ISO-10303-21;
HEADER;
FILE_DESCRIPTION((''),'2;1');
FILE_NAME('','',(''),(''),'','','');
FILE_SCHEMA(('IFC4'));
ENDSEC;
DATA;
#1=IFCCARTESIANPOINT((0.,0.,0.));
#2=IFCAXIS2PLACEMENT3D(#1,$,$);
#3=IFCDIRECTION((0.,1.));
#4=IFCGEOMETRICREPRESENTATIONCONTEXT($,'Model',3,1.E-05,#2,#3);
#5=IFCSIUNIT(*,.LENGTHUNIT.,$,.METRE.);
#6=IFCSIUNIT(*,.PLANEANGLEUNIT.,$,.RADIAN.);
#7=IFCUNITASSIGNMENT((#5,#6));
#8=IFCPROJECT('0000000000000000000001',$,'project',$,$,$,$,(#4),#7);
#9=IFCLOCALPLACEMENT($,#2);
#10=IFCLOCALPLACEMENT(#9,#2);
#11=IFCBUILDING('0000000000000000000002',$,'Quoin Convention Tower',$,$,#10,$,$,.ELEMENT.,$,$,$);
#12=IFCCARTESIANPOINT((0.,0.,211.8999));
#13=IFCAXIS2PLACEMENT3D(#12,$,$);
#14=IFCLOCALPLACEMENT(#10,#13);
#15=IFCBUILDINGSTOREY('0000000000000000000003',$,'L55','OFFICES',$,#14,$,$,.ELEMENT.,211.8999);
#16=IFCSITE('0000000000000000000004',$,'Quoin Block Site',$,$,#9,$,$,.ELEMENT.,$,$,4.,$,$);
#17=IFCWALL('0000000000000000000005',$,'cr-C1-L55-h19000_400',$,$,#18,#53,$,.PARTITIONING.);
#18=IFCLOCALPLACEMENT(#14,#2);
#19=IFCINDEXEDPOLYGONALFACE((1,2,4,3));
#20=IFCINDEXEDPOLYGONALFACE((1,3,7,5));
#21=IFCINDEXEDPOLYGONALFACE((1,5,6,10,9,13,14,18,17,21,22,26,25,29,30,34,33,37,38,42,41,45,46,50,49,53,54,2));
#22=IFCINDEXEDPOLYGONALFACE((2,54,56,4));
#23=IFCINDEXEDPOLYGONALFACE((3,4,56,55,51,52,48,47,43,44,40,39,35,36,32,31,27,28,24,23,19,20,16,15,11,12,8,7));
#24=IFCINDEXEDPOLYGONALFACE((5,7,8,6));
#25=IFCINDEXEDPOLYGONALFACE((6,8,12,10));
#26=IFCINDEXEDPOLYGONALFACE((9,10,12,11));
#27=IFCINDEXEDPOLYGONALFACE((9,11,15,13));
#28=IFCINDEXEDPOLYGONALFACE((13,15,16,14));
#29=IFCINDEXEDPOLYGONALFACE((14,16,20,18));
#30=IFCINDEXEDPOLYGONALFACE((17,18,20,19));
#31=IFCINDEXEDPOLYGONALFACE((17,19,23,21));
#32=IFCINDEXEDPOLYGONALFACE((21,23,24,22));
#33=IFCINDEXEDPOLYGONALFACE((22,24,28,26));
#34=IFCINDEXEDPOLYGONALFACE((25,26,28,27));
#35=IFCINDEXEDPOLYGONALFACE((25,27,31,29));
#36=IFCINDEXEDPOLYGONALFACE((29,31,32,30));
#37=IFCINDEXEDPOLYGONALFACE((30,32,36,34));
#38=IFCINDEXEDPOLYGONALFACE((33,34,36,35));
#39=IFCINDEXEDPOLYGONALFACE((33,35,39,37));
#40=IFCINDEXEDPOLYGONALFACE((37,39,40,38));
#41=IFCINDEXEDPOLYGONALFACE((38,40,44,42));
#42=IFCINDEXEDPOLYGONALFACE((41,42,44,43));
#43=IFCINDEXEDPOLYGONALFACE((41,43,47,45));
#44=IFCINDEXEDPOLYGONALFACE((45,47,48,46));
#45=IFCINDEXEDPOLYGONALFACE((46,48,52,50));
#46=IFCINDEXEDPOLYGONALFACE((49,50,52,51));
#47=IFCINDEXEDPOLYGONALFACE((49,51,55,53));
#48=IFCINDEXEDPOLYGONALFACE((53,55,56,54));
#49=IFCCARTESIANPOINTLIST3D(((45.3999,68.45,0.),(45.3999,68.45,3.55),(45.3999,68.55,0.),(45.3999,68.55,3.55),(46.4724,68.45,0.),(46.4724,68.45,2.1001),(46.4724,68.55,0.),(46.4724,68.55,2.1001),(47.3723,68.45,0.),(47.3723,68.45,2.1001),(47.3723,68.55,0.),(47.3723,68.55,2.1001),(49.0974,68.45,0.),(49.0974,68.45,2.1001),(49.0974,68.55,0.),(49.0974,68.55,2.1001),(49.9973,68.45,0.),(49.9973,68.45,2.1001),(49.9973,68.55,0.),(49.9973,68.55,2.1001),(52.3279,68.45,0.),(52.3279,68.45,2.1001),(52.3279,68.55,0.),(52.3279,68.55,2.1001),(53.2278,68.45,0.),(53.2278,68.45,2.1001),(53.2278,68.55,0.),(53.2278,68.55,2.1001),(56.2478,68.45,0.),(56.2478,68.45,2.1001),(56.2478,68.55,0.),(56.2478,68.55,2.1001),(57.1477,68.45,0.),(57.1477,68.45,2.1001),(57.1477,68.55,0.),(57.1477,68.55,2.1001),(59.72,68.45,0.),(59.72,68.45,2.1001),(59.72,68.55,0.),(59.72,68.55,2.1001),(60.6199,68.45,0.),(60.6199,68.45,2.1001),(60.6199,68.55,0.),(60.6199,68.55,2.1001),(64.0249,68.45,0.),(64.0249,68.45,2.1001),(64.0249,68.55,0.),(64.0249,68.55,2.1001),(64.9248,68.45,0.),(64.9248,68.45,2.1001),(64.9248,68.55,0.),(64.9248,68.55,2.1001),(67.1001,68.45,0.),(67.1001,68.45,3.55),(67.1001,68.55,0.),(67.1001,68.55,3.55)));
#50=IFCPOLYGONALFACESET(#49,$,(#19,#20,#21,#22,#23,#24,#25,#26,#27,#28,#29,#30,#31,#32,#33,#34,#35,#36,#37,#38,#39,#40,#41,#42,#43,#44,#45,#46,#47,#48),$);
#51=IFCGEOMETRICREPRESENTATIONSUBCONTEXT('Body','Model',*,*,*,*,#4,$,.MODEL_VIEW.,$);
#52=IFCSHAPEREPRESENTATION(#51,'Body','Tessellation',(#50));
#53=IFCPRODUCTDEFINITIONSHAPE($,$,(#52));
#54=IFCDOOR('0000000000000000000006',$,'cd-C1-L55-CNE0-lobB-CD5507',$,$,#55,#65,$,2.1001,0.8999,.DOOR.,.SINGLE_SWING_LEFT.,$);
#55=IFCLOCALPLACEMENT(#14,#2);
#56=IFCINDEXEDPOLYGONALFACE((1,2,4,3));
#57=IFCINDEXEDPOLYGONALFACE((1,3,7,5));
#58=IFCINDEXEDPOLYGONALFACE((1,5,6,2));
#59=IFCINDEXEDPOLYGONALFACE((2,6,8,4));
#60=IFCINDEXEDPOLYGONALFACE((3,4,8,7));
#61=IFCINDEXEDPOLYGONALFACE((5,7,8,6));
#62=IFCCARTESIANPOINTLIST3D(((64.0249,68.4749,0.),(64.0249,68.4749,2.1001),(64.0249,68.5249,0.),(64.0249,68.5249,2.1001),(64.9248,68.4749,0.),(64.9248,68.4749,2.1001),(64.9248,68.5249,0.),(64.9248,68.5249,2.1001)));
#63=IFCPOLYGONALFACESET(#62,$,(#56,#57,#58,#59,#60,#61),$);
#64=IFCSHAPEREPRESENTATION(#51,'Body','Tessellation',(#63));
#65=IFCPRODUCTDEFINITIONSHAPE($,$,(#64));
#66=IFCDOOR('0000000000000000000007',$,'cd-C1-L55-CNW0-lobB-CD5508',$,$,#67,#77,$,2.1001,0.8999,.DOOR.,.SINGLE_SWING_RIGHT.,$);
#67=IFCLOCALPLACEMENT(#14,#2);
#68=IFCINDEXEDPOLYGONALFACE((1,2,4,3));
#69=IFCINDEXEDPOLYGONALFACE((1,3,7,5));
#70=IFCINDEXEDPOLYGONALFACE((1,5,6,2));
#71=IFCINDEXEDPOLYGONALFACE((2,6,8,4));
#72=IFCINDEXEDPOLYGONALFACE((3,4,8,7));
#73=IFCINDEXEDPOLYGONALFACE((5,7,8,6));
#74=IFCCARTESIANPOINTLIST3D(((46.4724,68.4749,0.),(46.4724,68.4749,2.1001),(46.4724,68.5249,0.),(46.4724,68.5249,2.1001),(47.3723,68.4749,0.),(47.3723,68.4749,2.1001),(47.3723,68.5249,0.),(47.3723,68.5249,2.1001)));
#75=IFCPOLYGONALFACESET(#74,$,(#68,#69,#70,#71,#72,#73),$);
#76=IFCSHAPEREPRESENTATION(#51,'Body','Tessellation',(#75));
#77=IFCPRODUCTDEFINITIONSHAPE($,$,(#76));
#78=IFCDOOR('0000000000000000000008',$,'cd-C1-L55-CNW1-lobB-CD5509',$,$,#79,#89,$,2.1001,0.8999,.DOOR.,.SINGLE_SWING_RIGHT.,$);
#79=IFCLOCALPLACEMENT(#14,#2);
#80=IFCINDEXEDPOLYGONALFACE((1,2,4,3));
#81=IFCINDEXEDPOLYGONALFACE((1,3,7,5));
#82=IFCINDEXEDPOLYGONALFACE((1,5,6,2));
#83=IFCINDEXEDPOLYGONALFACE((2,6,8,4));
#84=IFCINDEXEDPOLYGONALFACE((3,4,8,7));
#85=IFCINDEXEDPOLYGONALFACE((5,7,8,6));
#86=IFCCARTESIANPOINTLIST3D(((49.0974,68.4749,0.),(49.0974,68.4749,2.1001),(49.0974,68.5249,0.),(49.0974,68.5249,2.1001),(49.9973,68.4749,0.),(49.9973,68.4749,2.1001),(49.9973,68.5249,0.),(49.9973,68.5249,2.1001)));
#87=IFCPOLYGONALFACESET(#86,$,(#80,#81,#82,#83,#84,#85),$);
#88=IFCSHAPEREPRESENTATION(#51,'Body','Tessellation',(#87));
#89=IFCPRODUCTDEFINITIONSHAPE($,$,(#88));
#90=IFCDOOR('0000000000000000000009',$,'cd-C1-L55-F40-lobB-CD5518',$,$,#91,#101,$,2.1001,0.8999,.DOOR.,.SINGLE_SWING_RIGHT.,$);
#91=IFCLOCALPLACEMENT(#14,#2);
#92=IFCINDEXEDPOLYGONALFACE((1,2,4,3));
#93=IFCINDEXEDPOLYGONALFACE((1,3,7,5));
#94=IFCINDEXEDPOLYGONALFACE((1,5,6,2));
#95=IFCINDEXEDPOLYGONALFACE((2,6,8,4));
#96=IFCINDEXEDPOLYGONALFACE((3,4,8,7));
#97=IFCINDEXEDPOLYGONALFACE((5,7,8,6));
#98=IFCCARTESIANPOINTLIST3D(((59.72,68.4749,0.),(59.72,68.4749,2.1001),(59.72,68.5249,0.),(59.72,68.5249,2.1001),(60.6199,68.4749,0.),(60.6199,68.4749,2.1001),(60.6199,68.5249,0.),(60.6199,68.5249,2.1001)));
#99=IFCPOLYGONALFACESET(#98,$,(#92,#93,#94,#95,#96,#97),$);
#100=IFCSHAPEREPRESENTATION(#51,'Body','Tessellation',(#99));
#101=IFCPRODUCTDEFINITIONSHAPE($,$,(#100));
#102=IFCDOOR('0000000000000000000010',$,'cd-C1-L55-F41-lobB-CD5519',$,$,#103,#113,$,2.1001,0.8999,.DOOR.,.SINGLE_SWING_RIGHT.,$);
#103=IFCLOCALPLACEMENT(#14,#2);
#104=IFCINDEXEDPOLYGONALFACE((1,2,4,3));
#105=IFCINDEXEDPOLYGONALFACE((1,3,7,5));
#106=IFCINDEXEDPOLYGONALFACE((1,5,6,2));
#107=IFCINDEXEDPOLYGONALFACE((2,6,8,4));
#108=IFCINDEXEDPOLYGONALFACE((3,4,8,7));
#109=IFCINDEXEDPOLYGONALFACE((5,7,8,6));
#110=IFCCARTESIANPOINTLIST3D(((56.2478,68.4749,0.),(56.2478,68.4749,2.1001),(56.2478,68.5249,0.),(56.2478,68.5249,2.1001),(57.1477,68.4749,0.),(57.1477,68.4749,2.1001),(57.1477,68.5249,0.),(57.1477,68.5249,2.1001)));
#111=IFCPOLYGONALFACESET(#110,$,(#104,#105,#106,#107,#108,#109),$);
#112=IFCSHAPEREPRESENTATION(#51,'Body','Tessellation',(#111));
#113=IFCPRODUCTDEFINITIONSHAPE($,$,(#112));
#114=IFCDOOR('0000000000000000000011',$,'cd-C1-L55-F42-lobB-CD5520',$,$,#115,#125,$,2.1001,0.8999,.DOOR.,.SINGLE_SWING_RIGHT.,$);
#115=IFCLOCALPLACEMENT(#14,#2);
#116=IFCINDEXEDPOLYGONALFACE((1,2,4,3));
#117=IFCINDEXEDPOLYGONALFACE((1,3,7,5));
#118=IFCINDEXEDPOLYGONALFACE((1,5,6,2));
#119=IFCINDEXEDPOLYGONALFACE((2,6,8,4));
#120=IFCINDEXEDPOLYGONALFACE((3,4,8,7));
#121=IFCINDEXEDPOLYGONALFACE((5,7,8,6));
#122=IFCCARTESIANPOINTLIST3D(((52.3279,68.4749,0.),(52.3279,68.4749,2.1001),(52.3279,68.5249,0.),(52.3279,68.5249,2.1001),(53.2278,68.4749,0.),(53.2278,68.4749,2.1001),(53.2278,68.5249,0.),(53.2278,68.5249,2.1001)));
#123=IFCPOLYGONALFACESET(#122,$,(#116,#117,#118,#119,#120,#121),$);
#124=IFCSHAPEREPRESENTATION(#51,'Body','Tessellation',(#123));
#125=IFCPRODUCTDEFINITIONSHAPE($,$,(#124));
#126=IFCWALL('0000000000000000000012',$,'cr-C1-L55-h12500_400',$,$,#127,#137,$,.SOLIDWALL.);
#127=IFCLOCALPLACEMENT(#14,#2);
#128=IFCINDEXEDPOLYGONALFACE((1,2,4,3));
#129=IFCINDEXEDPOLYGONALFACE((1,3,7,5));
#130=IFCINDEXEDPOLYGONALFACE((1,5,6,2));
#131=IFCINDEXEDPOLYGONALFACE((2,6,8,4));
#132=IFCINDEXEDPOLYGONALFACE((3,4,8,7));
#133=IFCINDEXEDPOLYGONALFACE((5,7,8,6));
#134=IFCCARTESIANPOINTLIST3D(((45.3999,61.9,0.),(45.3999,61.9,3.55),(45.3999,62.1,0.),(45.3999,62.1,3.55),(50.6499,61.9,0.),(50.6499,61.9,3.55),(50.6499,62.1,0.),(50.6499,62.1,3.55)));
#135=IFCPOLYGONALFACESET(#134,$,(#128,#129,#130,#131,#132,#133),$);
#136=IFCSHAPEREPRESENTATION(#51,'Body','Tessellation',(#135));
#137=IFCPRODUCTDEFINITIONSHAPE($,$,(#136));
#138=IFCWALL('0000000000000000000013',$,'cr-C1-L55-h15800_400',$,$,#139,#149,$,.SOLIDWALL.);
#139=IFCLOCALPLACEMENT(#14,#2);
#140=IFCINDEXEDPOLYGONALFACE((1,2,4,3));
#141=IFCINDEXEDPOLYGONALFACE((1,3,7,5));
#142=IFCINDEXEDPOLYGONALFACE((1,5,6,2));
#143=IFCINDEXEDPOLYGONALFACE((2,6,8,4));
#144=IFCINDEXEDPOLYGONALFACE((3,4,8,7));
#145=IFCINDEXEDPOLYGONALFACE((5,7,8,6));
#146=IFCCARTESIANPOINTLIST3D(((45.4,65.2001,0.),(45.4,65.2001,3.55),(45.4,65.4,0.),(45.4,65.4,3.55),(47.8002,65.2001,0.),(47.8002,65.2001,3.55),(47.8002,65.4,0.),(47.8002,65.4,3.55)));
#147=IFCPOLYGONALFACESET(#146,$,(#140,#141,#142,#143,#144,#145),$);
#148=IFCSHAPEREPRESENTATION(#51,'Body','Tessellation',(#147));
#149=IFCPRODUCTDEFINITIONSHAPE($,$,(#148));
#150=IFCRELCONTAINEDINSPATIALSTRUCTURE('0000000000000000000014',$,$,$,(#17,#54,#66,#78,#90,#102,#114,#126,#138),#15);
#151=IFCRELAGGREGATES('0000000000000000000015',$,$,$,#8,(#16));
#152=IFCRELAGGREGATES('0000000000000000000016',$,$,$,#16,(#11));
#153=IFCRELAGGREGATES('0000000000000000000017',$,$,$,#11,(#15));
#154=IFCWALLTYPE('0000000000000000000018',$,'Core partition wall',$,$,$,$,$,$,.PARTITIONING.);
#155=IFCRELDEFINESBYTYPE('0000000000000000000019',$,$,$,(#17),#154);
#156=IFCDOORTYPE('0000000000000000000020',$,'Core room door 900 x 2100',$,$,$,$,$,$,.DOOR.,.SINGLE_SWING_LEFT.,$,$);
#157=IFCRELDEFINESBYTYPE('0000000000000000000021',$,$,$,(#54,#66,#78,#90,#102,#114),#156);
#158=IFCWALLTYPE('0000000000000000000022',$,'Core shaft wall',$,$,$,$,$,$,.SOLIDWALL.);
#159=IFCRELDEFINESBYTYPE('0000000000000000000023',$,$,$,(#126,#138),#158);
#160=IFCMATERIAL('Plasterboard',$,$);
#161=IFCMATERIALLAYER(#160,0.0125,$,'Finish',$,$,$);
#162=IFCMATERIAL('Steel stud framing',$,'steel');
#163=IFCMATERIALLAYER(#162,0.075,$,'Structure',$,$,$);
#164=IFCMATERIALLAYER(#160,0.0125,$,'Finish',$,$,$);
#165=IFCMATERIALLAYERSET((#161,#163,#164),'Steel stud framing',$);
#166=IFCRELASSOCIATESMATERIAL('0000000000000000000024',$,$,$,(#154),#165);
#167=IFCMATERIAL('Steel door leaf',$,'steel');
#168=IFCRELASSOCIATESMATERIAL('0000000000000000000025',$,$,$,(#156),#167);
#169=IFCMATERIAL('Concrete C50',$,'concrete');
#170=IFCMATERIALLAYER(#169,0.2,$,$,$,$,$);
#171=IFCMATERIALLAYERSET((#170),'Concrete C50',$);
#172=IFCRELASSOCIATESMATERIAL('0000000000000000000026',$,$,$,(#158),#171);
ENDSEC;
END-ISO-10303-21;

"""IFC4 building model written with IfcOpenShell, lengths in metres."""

from ifc_helpers import new_model, si_unit, direction, frame, frame_2d, origin, place, context, subcontext, project, spatial, rectangle, extrude, material, layer, layer_set, type_object, element, fill, save


model = new_model("IFC4")

# Units and contexts
model_context = context("Model", 3, precision=1e-05, world=origin(), true_north=direction((0.0, 1.0)))
body_context = subcontext(model_context, "Body", "Model", "MODEL_VIEW")
ifc_project = project(units=[si_unit("LENGTHUNIT", "METRE"), si_unit("PLANEANGLEUNIT", "RADIAN")], contexts=[model_context])

# Site, building, storey
site_placement = place(None, origin())
site = spatial("IfcSite", under=ifc_project, at=site_placement, Name="Quoin Block Site", CompositionType="ELEMENT", RefElevation=4.0)
building_placement = place(site_placement, origin())
building = spatial("IfcBuilding", under=site, at=building_placement, Name="Quoin Convention Tower", CompositionType="ELEMENT")
storey_placement = place(building_placement, frame((0.0, 0.0, 211.8999)))
storey = spatial("IfcBuildingStorey", under=building, at=storey_placement, Name="L55", Description="OFFICES", CompositionType="ELEMENT", Elevation=211.8999)

# Wall, openings, doors
ifc_material_1 = material(Name="Plasterboard")
ifc_layer_1 = layer(ifc_material_1, 0.0125, Name="Finish")
ifc_material_2 = material(Name="Steel stud framing", Category="steel")
ifc_layer_2 = layer(ifc_material_2, 0.075, Name="Structure")
ifc_layer_3 = layer(ifc_material_1, 0.0125, Name="Finish")
ifc_layer_set_1 = layer_set([ifc_layer_1, ifc_layer_2, ifc_layer_3], Name="Steel stud framing")
wall_type_1 = type_object("IfcWallType", Name="Core partition wall", PredefinedType="PARTITIONING", material=ifc_layer_set_1)
wall_1_placement = place(storey_placement, frame((45.3999, 68.5, 0.0), z_axis=(0.0, 0.0, 1.0), x_axis=(1.0, 0.0, 0.0)))
wall_1 = element("IfcWall", 1, at=wall_1_placement, inside=storey, type_object=wall_type_1, Name="cr-C1-L55-h19000_400", PredefinedType="PARTITIONING", context=body_context, shape_type="SweptSolid", body=[
    extrude(rectangle(XDim=21.7002, YDim=0.1001, at=frame_2d((10.8501, 0.0))), origin(), (0.0, 0.0, 1.0), 3.55),
])
opening_1_placement = place(wall_1_placement, frame((18.625, 0.0, 0.0)))
opening_1 = element("IfcOpeningElement", 2, at=opening_1_placement, cuts=wall_1, PredefinedType="OPENING", context=body_context, shape_type="SweptSolid", body=[
    extrude(rectangle(XDim=0.8999, YDim=2.1001, at=frame_2d((0.45, 1.05))), frame((0.0, 0.0601, 0.0), z_axis=(0.0, -1.0, 0.0), x_axis=(1.0, 0.0, 0.0)), (0.0, 0.0, 1.0), 0.1201),
])
opening_2_placement = place(wall_1_placement, frame((1.0725, 0.0, 0.0)))
opening_2 = element("IfcOpeningElement", 3, at=opening_2_placement, cuts=wall_1, PredefinedType="OPENING", context=body_context, shape_type="SweptSolid", body=[
    extrude(rectangle(XDim=0.8999, YDim=2.1001, at=frame_2d((0.45, 1.05))), frame((0.0, 0.0601, 0.0), z_axis=(0.0, -1.0, 0.0), x_axis=(1.0, 0.0, 0.0)), (0.0, 0.0, 1.0), 0.1201),
])
opening_3_placement = place(wall_1_placement, frame((3.6975, 0.0, 0.0)))
opening_3 = element("IfcOpeningElement", 4, at=opening_3_placement, cuts=wall_1, PredefinedType="OPENING", context=body_context, shape_type="SweptSolid", body=[
    extrude(rectangle(XDim=0.8999, YDim=2.1001, at=frame_2d((0.45, 1.05))), frame((0.0, 0.0601, 0.0), z_axis=(0.0, -1.0, 0.0), x_axis=(1.0, 0.0, 0.0)), (0.0, 0.0, 1.0), 0.1201),
])
opening_4_placement = place(wall_1_placement, frame((14.3201, 0.0, 0.0)))
opening_4 = element("IfcOpeningElement", 5, at=opening_4_placement, cuts=wall_1, PredefinedType="OPENING", context=body_context, shape_type="SweptSolid", body=[
    extrude(rectangle(XDim=0.8999, YDim=2.1001, at=frame_2d((0.45, 1.05))), frame((0.0, 0.0601, 0.0), z_axis=(0.0, -1.0, 0.0), x_axis=(1.0, 0.0, 0.0)), (0.0, 0.0, 1.0), 0.1201),
])
opening_5_placement = place(wall_1_placement, frame((10.8479, 0.0, 0.0)))
opening_5 = element("IfcOpeningElement", 6, at=opening_5_placement, cuts=wall_1, PredefinedType="OPENING", context=body_context, shape_type="SweptSolid", body=[
    extrude(rectangle(XDim=0.8999, YDim=2.1001, at=frame_2d((0.45, 1.05))), frame((0.0, 0.0601, 0.0), z_axis=(0.0, -1.0, 0.0), x_axis=(1.0, 0.0, 0.0)), (0.0, 0.0, 1.0), 0.1201),
])
opening_6_placement = place(wall_1_placement, frame((6.928, 0.0, 0.0)))
opening_6 = element("IfcOpeningElement", 7, at=opening_6_placement, cuts=wall_1, PredefinedType="OPENING", context=body_context, shape_type="SweptSolid", body=[
    extrude(rectangle(XDim=0.8999, YDim=2.1001, at=frame_2d((0.45, 1.05))), frame((0.0, 0.0601, 0.0), z_axis=(0.0, -1.0, 0.0), x_axis=(1.0, 0.0, 0.0)), (0.0, 0.0, 1.0), 0.1201),
])
ifc_material_3 = material(Name="Steel door leaf", Category="steel")
door_type_1 = type_object("IfcDoorType", Name="Core room door 900 x 2100", OperationType="SINGLE_SWING_LEFT", PredefinedType="DOOR", material=ifc_material_3)
door_1_placement = place(opening_1_placement, origin())
door_1 = element("IfcDoor", 8, at=door_1_placement, inside=storey, type_object=door_type_1, Name="cd-C1-L55-CNE0-lobB-CD5507", OperationType="SINGLE_SWING_LEFT", OverallHeight=2.1001, OverallWidth=0.8999, PredefinedType="DOOR", context=body_context, shape_type="SweptSolid", body=[
    extrude(rectangle(XDim=0.8999, YDim=2.1001, at=frame_2d((0.45, 1.05))), frame((0.0, 0.0249, 0.0), z_axis=(0.0, -1.0, 0.0), x_axis=(1.0, 0.0, 0.0)), (0.0, 0.0, 1.0), 0.05),
])
fill(opening_1, door_1)
door_2_placement = place(opening_2_placement, origin())
door_2 = element("IfcDoor", 9, at=door_2_placement, inside=storey, type_object=door_type_1, Name="cd-C1-L55-CNW0-lobB-CD5508", OperationType="SINGLE_SWING_RIGHT", OverallHeight=2.1001, OverallWidth=0.8999, PredefinedType="DOOR", context=body_context, shape_type="SweptSolid", body=[
    extrude(rectangle(XDim=0.8999, YDim=2.1001, at=frame_2d((0.45, 1.05))), frame((0.0, 0.0249, 0.0), z_axis=(0.0, -1.0, 0.0), x_axis=(1.0, 0.0, 0.0)), (0.0, 0.0, 1.0), 0.05),
])
fill(opening_2, door_2)
door_3_placement = place(opening_3_placement, origin())
door_3 = element("IfcDoor", 10, at=door_3_placement, inside=storey, type_object=door_type_1, Name="cd-C1-L55-CNW1-lobB-CD5509", OperationType="SINGLE_SWING_RIGHT", OverallHeight=2.1001, OverallWidth=0.8999, PredefinedType="DOOR", context=body_context, shape_type="SweptSolid", body=[
    extrude(rectangle(XDim=0.8999, YDim=2.1001, at=frame_2d((0.45, 1.05))), frame((0.0, 0.0249, 0.0), z_axis=(0.0, -1.0, 0.0), x_axis=(1.0, 0.0, 0.0)), (0.0, 0.0, 1.0), 0.05),
])
fill(opening_3, door_3)
door_4_placement = place(opening_4_placement, origin())
door_4 = element("IfcDoor", 11, at=door_4_placement, inside=storey, type_object=door_type_1, Name="cd-C1-L55-F40-lobB-CD5518", OperationType="SINGLE_SWING_RIGHT", OverallHeight=2.1001, OverallWidth=0.8999, PredefinedType="DOOR", context=body_context, shape_type="SweptSolid", body=[
    extrude(rectangle(XDim=0.8999, YDim=2.1001, at=frame_2d((0.45, 1.05))), frame((0.0, 0.0249, 0.0), z_axis=(0.0, -1.0, 0.0), x_axis=(1.0, 0.0, 0.0)), (0.0, 0.0, 1.0), 0.05),
])
fill(opening_4, door_4)
door_5_placement = place(opening_5_placement, origin())
door_5 = element("IfcDoor", 12, at=door_5_placement, inside=storey, type_object=door_type_1, Name="cd-C1-L55-F41-lobB-CD5519", OperationType="SINGLE_SWING_RIGHT", OverallHeight=2.1001, OverallWidth=0.8999, PredefinedType="DOOR", context=body_context, shape_type="SweptSolid", body=[
    extrude(rectangle(XDim=0.8999, YDim=2.1001, at=frame_2d((0.45, 1.05))), frame((0.0, 0.0249, 0.0), z_axis=(0.0, -1.0, 0.0), x_axis=(1.0, 0.0, 0.0)), (0.0, 0.0, 1.0), 0.05),
])
fill(opening_5, door_5)
door_6_placement = place(opening_6_placement, origin())
door_6 = element("IfcDoor", 13, at=door_6_placement, inside=storey, type_object=door_type_1, Name="cd-C1-L55-F42-lobB-CD5520", OperationType="SINGLE_SWING_RIGHT", OverallHeight=2.1001, OverallWidth=0.8999, PredefinedType="DOOR", context=body_context, shape_type="SweptSolid", body=[
    extrude(rectangle(XDim=0.8999, YDim=2.1001, at=frame_2d((0.45, 1.05))), frame((0.0, 0.0249, 0.0), z_axis=(0.0, -1.0, 0.0), x_axis=(1.0, 0.0, 0.0)), (0.0, 0.0, 1.0), 0.05),
])
fill(opening_6, door_6)

# Walls
ifc_material_4 = material(Name="Concrete C50", Category="concrete")
ifc_layer_4 = layer(ifc_material_4, 0.2)
ifc_layer_set_2 = layer_set([ifc_layer_4], Name="Concrete C50")
wall_type_2 = type_object("IfcWallType", Name="Core shaft wall", PredefinedType="SOLIDWALL", material=ifc_layer_set_2)
wall_2_placement = place(storey_placement, frame((45.3999, 62.0, 0.0), z_axis=(0.0, 0.0, 1.0), x_axis=(1.0, 0.0, 0.0)))
element("IfcWall", 14, at=wall_2_placement, inside=storey, type_object=wall_type_2, Name="cr-C1-L55-h12500_400", PredefinedType="SOLIDWALL", context=body_context, shape_type="SweptSolid", body=[
    extrude(rectangle(XDim=5.25, YDim=0.2, at=frame_2d((2.625, 0.0))), origin(), (0.0, 0.0, 1.0), 3.55),
])
wall_3_placement = place(storey_placement, frame((45.3999, 65.3, 0.0), z_axis=(0.0, 0.0, 1.0), x_axis=(1.0, 0.0, 0.0)))
element("IfcWall", 15, at=wall_3_placement, inside=storey, type_object=wall_type_2, Name="cr-C1-L55-h15800_400", PredefinedType="SOLIDWALL", context=body_context, shape_type="SweptSolid", body=[
    extrude(rectangle(XDim=2.4001, YDim=0.2, at=frame_2d((1.2002, 0.0))), origin(), (0.0, 0.0, 1.0), 3.55),
])

save(model, "model.ifc")
